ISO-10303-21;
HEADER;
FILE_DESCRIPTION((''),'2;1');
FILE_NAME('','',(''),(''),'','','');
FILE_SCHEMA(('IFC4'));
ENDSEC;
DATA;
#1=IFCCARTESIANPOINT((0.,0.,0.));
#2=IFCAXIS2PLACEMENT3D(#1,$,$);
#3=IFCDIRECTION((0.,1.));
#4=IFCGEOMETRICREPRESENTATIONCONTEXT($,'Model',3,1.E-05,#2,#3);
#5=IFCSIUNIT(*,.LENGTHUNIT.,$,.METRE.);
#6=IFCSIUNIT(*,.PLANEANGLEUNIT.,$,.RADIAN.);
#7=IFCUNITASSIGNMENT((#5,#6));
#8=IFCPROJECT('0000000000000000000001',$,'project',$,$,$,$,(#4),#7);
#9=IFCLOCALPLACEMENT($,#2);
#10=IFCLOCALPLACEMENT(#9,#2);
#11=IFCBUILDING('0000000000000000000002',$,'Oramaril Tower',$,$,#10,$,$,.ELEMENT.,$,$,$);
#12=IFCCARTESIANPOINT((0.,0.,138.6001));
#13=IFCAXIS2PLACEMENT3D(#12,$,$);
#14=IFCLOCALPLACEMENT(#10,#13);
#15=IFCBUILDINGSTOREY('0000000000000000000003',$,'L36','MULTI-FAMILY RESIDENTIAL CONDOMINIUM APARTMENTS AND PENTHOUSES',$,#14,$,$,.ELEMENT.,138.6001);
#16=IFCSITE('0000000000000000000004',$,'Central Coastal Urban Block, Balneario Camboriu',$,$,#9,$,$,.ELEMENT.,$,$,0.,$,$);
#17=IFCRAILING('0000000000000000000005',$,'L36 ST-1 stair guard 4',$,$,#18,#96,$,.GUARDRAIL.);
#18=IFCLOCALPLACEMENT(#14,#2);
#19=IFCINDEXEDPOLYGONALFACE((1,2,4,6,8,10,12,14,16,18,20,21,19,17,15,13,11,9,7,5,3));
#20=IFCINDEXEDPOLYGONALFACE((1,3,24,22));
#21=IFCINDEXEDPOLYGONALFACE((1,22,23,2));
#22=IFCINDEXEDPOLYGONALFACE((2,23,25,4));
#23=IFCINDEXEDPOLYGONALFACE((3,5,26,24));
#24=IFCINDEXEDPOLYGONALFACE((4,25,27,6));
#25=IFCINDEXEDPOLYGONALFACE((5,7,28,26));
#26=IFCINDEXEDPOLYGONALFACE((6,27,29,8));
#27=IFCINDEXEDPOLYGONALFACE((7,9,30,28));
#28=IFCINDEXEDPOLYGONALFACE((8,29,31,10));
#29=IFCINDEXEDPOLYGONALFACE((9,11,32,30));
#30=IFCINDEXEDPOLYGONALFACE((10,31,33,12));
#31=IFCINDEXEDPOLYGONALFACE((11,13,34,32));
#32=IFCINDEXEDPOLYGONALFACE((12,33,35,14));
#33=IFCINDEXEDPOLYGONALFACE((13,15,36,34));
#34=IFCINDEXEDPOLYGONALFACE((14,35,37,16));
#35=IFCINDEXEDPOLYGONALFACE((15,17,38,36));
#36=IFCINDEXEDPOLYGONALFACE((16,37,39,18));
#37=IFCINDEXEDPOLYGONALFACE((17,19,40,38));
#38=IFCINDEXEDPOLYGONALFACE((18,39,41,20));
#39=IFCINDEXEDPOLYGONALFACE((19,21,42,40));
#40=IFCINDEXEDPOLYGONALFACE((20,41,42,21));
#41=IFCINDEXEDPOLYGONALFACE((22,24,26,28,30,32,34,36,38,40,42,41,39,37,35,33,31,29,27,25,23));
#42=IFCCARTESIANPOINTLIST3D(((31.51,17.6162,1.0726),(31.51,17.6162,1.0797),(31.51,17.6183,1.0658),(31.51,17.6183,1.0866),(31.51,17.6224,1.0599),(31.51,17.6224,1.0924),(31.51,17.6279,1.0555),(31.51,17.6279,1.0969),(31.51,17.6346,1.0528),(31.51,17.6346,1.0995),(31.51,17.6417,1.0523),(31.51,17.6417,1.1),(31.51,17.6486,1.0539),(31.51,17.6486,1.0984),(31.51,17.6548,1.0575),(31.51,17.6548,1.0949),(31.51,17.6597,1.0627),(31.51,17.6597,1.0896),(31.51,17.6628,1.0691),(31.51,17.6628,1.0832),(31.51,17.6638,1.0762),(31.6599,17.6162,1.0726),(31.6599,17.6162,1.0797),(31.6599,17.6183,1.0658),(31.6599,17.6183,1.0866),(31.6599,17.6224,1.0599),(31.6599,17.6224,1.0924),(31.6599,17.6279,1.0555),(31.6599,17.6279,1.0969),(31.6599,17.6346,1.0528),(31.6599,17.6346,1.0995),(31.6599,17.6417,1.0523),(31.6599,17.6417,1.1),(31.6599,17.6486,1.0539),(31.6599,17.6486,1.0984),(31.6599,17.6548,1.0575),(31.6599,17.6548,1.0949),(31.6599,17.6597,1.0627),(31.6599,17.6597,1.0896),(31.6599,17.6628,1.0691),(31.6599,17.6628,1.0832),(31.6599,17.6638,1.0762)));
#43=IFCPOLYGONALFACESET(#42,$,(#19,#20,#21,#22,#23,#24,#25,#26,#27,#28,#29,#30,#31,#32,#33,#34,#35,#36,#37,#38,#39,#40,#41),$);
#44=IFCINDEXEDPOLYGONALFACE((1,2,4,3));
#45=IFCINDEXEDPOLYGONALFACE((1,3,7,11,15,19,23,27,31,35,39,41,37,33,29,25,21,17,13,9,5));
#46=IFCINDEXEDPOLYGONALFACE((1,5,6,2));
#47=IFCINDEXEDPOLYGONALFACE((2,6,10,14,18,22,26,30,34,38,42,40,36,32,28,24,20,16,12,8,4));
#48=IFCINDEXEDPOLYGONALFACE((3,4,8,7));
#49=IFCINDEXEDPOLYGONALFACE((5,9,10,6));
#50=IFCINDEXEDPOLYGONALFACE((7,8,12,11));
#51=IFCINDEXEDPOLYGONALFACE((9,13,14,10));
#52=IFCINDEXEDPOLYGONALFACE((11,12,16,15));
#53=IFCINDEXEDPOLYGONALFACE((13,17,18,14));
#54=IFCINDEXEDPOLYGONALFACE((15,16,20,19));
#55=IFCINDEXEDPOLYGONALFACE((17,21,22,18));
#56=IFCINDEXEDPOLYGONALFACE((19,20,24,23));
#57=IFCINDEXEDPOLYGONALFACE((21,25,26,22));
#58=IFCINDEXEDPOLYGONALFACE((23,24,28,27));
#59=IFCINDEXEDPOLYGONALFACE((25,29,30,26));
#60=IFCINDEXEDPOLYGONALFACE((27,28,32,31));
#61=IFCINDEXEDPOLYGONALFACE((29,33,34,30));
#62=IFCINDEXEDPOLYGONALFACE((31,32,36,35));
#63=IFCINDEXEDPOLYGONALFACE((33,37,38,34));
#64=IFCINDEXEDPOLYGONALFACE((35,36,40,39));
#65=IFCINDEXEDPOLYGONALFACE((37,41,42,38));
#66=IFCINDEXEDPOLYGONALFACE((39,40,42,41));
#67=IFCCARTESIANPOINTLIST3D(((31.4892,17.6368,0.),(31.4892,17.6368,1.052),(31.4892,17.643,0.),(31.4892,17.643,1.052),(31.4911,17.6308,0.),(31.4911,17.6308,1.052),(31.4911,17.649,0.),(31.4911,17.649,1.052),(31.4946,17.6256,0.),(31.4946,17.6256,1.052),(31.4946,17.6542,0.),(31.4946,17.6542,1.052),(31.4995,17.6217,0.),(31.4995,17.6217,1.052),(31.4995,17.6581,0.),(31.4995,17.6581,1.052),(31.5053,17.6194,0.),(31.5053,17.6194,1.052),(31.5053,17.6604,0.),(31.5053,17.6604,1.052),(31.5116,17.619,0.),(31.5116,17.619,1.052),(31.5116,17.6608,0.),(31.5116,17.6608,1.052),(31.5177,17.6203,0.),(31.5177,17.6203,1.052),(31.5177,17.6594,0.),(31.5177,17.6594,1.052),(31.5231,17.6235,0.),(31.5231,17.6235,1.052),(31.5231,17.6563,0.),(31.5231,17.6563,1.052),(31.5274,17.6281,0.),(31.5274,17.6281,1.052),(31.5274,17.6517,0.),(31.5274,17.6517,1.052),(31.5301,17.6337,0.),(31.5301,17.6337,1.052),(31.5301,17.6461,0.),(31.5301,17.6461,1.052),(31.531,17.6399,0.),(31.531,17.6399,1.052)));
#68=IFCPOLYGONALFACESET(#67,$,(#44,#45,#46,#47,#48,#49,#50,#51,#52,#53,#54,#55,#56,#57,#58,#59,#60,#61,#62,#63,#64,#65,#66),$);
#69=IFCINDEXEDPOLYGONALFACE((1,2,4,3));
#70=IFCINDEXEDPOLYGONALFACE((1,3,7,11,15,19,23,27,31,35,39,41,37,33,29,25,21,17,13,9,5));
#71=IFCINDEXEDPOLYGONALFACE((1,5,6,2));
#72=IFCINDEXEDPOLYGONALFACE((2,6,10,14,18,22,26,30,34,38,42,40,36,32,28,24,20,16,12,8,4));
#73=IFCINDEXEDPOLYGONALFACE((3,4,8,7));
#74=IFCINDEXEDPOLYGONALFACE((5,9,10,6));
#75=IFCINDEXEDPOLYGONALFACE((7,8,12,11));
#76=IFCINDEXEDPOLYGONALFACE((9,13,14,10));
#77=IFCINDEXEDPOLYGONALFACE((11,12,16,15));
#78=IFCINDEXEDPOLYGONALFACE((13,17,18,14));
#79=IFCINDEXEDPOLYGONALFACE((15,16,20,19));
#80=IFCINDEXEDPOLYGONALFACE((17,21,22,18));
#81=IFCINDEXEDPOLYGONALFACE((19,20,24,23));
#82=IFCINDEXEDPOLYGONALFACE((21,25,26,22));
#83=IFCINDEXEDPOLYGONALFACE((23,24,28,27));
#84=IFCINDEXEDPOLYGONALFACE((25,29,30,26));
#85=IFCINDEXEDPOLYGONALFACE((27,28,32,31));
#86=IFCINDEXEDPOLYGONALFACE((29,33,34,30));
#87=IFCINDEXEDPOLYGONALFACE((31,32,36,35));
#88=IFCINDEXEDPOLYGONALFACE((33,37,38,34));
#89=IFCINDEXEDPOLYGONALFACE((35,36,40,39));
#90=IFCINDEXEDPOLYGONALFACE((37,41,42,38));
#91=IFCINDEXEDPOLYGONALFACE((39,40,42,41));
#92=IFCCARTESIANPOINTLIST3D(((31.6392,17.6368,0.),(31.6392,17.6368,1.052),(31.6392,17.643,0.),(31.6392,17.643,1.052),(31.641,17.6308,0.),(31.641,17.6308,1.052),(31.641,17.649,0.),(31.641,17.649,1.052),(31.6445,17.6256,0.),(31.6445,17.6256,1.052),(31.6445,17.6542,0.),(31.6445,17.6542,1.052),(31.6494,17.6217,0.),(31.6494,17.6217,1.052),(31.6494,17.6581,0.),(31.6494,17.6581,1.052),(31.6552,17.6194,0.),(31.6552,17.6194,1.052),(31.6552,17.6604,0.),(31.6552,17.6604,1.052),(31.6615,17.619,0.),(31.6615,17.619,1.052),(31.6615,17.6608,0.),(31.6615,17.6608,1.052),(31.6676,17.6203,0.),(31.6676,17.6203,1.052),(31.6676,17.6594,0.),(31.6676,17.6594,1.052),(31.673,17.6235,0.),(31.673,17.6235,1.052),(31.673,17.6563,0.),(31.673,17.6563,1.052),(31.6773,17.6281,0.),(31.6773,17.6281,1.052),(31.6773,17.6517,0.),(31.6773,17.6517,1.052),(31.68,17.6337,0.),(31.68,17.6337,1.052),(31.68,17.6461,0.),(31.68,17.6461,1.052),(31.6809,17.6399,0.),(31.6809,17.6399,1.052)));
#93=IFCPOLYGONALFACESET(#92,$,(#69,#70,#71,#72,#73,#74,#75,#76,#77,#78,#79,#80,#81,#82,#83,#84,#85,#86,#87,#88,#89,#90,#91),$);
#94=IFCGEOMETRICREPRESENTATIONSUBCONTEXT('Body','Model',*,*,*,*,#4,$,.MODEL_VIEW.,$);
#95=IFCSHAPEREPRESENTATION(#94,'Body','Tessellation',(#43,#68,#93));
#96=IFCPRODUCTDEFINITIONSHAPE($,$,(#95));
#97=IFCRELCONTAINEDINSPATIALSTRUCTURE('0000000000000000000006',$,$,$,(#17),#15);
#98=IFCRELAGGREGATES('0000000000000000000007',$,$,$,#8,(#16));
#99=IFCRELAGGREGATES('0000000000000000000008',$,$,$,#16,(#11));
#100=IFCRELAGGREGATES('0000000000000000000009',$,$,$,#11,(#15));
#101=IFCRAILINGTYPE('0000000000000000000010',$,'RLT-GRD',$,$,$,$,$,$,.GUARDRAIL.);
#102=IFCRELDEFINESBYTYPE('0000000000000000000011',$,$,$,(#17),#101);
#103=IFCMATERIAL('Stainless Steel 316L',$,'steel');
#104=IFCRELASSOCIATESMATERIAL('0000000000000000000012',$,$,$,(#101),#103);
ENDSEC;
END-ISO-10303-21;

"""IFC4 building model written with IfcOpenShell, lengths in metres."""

from ifc_helpers import new_model, si_unit, direction, frame, origin, origin_2d, place, context, subcontext, project, spatial, circle, extrude, material, type_object, element, save


model = new_model("IFC4")

# Units and contexts
model_context = context("Model", 3, precision=1e-05, world=origin(), true_north=direction((0.0, 1.0)))
body_context = subcontext(model_context, "Body", "Model", "MODEL_VIEW")
ifc_project = project(units=[si_unit("LENGTHUNIT", "METRE"), si_unit("PLANEANGLEUNIT", "RADIAN")], contexts=[model_context])

# Site, building, storey
site_placement = place(None, origin())
site = spatial("IfcSite", under=ifc_project, at=site_placement, Name="Central Coastal Urban Block, Balneario Camboriu", CompositionType="ELEMENT", RefElevation=0.0)
building_placement = place(site_placement, origin())
building = spatial("IfcBuilding", under=site, at=building_placement, Name="Oramaril Tower", CompositionType="ELEMENT")
storey_placement = place(building_placement, frame((0.0, 0.0, 138.6001)))
storey = spatial("IfcBuildingStorey", under=building, at=storey_placement, Name="L36", Description="MULTI-FAMILY RESIDENTIAL CONDOMINIUM APARTMENTS AND PENTHOUSES", CompositionType="ELEMENT", Elevation=138.6001)

# Railing
ifc_material_1 = material(Name="Stainless Steel 316L", Category="steel")
railing_type_1 = type_object("IfcRailingType", Name="RLT-GRD", PredefinedType="GUARDRAIL", material=ifc_material_1)
railing_1_placement = place(storey_placement, frame((31.51, 17.6399, 0.0)))
element("IfcRailing", 1, at=railing_1_placement, inside=storey, type_object=railing_type_1, Name="L36 ST-1 stair guard 4", PredefinedType="GUARDRAIL", context=body_context, shape_type="SweptSolid", body=[
    extrude(circle(Radius=0.0239, at=origin_2d()), frame((0.0, 0.0, 1.0762), z_axis=(1.0, 0.0, 0.0), x_axis=(0.0, 1.0, 0.0)), (0.0, 0.0, 1.0), 0.1499),
    extrude(circle(Radius=0.021, at=origin_2d()), origin(), (0.0, 0.0, 1.0), 1.052),
    extrude(circle(Radius=0.021, at=origin_2d()), frame((0.1499, 0.0, 0.0)), (0.0, 0.0, 1.0), 1.052),
])

save(model, "model.ifc")
